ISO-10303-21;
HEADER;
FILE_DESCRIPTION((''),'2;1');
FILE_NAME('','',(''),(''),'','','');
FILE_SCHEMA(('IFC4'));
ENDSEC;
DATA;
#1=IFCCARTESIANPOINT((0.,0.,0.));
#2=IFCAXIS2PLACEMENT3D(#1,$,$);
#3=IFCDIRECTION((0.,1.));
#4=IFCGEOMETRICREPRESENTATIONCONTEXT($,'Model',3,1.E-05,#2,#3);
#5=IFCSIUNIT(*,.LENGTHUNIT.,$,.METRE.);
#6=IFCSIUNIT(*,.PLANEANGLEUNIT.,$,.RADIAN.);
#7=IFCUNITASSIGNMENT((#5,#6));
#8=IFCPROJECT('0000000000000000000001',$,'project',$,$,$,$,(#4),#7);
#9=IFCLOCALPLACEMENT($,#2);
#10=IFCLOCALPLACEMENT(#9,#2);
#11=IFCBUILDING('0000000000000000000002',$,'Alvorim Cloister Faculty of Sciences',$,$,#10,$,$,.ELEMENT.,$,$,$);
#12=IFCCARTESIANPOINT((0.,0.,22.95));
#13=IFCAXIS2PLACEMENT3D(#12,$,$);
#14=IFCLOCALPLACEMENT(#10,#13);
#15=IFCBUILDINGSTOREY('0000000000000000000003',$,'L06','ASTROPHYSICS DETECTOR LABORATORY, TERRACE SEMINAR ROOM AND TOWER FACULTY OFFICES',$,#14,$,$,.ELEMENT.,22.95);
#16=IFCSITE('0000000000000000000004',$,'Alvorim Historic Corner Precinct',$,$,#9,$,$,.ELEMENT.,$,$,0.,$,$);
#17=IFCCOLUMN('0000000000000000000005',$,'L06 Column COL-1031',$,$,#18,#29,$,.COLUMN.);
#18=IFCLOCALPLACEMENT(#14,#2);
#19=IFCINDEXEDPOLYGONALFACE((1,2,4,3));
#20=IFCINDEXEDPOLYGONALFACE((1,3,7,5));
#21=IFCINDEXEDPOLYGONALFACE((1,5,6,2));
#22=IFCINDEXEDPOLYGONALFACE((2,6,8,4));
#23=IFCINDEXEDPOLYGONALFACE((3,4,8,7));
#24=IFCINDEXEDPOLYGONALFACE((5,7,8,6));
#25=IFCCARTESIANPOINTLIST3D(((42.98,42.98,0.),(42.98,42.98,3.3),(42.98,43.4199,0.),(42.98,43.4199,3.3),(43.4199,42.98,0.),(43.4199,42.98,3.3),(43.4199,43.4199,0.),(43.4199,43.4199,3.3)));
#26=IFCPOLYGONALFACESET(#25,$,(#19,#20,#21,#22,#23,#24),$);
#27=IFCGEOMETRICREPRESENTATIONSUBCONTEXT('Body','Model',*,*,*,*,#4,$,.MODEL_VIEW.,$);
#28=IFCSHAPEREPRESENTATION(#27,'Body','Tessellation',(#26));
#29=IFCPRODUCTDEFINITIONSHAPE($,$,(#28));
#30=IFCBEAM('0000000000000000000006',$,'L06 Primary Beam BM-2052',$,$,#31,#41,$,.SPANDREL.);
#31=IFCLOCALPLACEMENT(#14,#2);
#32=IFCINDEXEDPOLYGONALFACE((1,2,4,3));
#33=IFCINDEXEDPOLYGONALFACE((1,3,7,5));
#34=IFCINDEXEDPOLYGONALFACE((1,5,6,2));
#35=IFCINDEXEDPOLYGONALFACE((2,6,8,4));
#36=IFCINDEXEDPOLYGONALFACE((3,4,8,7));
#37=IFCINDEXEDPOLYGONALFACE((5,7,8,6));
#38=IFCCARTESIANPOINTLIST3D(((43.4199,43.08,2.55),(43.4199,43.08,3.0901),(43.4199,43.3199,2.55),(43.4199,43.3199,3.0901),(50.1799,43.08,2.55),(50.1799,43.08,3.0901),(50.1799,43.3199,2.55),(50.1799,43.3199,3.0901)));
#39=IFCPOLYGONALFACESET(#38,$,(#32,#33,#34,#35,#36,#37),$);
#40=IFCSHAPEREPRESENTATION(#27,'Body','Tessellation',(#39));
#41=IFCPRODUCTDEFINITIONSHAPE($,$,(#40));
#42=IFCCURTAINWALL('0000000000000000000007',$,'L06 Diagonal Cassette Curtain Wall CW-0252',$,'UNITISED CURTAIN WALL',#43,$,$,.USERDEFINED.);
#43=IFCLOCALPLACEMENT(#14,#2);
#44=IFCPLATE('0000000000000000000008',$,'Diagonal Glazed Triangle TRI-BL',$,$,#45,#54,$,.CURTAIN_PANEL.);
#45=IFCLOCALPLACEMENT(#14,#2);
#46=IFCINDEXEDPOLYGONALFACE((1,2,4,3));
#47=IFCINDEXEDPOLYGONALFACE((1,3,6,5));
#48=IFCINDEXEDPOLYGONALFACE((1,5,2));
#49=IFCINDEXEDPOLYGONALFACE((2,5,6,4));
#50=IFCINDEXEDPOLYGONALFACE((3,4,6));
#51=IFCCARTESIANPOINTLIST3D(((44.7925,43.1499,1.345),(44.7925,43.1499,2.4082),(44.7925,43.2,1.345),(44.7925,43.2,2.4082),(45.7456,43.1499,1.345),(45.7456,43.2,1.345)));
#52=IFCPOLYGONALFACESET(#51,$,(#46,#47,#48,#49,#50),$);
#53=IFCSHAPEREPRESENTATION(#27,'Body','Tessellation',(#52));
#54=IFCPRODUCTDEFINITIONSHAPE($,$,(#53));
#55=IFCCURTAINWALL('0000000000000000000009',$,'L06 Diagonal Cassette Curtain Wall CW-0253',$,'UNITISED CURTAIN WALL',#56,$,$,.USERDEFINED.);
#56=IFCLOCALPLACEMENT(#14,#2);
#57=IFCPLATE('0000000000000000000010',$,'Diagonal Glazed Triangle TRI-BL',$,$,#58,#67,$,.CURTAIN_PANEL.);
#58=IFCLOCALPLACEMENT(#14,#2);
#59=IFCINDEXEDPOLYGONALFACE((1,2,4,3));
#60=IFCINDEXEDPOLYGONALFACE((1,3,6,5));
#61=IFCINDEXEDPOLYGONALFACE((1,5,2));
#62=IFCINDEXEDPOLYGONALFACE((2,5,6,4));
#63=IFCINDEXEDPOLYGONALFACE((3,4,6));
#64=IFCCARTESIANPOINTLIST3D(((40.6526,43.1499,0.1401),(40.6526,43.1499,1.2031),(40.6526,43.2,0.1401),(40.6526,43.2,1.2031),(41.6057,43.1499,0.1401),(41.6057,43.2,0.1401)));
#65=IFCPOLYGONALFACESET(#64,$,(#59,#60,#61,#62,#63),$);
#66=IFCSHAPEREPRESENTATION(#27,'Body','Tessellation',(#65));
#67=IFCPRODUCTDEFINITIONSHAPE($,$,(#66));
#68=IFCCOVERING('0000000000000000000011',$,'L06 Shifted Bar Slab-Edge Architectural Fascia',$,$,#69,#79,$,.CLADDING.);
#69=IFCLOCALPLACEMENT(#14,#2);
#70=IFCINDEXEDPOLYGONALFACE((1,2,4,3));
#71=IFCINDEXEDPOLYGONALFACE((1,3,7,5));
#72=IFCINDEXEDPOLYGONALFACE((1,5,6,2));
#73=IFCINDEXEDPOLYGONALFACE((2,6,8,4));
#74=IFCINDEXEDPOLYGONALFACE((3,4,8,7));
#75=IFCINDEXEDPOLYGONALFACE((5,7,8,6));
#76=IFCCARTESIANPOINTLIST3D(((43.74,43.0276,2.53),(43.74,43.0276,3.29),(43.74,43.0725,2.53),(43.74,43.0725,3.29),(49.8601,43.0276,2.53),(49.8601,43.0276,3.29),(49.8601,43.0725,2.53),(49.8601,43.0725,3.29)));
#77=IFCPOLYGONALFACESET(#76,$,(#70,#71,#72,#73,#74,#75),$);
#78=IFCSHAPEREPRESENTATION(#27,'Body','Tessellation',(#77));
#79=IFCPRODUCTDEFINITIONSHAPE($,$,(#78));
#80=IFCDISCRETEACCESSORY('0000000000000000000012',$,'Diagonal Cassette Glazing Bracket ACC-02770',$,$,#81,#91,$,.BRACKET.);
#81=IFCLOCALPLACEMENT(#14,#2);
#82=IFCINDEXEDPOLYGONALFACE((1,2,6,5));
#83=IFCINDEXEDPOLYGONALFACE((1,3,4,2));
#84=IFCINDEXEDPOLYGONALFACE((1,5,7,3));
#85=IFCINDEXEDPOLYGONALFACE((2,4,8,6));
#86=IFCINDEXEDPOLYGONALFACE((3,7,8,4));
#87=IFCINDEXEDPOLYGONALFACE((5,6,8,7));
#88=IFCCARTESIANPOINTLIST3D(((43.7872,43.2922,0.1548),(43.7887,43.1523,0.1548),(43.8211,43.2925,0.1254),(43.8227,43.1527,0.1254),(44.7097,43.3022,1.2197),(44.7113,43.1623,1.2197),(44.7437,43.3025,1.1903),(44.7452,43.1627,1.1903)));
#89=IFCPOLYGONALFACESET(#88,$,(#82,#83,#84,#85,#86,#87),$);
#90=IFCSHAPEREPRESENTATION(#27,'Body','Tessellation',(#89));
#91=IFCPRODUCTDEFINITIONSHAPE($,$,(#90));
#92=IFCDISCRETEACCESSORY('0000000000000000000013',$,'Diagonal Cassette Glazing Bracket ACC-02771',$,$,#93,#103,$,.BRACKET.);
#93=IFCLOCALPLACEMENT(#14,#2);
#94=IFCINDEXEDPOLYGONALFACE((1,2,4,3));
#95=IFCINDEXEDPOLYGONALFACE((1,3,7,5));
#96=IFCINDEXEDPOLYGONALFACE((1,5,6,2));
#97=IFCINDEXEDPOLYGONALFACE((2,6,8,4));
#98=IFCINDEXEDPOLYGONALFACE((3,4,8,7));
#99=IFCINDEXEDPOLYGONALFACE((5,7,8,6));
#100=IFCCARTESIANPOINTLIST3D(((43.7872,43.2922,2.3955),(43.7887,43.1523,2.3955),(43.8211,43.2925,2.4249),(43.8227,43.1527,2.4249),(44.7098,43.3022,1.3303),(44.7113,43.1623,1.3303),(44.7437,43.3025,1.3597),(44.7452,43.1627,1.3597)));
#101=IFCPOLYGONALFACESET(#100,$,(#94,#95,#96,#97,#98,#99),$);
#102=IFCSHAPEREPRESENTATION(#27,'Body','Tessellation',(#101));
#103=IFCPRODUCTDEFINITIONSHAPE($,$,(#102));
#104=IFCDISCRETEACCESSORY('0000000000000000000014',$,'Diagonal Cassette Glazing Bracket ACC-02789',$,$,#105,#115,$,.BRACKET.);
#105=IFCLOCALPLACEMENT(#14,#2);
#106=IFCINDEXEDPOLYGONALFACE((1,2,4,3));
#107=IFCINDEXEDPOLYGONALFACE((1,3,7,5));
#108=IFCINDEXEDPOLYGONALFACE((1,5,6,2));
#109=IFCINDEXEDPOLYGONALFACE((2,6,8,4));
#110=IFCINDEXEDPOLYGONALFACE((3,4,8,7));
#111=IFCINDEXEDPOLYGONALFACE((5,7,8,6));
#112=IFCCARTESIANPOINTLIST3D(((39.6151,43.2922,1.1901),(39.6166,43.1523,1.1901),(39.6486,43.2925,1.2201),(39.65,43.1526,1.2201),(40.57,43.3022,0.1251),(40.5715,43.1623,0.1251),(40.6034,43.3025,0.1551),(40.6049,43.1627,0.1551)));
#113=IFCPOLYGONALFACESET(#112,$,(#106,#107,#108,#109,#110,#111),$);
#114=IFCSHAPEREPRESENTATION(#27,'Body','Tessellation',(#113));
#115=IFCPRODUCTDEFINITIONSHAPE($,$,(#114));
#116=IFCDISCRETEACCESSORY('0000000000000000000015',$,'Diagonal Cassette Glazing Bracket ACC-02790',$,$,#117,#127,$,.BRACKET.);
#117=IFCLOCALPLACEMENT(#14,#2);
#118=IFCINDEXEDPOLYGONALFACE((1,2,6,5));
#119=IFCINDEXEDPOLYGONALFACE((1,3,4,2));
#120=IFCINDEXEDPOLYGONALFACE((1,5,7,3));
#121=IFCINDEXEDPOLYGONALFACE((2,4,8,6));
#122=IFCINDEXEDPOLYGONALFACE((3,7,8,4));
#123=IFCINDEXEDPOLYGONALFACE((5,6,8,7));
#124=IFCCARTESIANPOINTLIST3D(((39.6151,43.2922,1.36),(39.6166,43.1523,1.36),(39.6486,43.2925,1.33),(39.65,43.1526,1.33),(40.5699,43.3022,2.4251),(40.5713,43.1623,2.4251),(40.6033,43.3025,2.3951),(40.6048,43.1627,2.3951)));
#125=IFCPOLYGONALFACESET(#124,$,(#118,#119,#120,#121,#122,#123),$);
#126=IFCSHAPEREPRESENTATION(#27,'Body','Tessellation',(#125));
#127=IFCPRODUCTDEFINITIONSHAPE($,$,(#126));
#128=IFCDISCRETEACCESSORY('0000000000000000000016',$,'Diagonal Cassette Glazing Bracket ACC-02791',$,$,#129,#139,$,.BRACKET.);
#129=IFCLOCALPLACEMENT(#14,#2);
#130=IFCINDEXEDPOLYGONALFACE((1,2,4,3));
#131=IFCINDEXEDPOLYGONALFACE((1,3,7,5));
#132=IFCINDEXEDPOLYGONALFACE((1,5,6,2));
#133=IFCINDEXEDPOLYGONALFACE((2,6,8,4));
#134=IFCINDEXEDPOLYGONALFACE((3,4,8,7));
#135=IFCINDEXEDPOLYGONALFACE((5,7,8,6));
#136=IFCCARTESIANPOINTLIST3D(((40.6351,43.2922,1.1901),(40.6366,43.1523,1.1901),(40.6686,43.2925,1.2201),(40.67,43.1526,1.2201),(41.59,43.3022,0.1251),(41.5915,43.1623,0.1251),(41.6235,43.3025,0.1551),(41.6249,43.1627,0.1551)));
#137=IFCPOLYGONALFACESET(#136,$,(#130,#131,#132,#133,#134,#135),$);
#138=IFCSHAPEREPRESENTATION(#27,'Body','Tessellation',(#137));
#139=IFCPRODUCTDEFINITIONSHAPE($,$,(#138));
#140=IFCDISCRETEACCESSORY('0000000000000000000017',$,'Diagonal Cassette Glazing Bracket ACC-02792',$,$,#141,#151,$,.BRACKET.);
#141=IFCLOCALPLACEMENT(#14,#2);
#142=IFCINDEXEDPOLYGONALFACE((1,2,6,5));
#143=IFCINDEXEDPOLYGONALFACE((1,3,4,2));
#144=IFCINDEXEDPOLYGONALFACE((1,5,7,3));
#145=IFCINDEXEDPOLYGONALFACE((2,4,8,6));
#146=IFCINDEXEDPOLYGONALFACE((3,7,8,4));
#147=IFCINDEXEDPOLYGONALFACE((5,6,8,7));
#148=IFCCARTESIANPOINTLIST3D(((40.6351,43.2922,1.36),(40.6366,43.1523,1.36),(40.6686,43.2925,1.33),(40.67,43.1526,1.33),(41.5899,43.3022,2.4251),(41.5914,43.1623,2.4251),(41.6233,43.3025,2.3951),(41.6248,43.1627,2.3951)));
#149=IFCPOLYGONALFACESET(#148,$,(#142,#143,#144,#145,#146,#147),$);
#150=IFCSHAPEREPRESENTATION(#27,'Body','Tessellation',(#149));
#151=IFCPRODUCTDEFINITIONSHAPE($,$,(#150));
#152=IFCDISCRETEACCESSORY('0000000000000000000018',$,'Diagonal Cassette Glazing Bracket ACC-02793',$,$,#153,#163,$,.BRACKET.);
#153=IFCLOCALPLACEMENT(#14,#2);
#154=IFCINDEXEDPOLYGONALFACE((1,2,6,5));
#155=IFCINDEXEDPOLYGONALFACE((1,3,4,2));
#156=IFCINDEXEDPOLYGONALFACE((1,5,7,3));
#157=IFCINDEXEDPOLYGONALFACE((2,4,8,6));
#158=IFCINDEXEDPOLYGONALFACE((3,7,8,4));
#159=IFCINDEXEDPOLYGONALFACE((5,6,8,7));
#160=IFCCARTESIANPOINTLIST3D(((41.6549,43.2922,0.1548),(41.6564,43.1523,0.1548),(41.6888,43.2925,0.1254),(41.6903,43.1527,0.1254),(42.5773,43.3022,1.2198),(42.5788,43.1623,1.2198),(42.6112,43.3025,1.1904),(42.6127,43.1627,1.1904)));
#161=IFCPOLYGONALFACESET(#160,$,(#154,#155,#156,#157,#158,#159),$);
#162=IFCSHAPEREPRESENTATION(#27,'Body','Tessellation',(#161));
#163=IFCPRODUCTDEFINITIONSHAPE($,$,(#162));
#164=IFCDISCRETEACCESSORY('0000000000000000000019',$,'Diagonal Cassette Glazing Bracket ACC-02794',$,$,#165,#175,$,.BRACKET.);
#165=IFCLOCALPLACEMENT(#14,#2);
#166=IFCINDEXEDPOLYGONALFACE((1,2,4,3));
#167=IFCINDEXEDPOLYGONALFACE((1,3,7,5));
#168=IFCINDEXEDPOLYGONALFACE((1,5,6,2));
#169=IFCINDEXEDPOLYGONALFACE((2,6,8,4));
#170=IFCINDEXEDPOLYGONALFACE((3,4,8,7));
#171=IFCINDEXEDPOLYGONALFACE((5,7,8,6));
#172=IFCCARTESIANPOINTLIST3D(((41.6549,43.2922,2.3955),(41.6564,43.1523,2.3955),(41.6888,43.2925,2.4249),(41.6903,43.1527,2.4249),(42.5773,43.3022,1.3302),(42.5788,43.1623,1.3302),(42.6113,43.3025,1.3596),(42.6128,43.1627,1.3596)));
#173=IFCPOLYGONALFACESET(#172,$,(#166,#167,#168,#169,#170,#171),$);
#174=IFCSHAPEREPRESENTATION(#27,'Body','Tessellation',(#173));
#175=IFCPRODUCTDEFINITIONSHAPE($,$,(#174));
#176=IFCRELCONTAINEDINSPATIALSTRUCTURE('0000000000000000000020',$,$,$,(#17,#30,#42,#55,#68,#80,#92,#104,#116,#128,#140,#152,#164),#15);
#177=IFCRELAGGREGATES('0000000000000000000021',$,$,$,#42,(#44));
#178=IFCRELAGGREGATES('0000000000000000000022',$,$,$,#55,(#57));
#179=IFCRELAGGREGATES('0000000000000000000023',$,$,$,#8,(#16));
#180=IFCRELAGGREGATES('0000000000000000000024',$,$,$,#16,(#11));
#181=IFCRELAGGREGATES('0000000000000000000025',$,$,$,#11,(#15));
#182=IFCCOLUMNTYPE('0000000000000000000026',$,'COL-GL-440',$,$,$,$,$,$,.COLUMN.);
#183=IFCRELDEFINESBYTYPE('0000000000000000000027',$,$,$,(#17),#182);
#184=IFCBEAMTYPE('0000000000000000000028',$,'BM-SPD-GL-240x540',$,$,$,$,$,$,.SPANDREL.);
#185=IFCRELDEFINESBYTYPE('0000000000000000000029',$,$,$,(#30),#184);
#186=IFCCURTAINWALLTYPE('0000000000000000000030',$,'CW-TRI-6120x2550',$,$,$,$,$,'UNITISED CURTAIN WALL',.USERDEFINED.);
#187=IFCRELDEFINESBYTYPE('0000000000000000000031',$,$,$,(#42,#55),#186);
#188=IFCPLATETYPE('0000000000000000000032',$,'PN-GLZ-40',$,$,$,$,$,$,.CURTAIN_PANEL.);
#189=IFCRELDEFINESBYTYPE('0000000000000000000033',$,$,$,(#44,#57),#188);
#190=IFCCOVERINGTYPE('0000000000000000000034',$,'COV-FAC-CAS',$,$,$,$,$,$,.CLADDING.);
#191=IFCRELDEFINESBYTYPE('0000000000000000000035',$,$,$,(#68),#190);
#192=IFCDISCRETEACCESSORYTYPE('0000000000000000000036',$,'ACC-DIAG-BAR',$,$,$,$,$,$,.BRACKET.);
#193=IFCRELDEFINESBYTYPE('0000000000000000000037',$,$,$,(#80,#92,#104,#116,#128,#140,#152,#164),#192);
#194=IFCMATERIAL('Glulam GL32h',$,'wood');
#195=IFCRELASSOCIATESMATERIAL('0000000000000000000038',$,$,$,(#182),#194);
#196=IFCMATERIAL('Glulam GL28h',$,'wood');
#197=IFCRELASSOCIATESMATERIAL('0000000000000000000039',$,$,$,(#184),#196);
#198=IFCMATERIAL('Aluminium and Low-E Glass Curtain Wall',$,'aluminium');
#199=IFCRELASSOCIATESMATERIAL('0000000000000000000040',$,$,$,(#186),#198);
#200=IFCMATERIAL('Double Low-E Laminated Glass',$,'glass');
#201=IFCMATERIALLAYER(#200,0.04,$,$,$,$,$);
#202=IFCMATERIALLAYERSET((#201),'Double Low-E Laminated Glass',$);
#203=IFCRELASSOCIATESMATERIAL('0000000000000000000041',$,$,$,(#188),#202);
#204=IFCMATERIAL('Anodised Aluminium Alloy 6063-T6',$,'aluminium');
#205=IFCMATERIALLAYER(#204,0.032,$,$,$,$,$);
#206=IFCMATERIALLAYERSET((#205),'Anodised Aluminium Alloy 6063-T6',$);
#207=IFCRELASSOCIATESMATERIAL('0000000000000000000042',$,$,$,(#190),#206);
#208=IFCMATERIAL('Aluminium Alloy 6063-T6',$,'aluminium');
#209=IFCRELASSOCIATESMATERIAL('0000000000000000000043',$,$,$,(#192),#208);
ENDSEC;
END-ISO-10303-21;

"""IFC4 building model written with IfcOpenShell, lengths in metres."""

from ifc_helpers import new_model, si_unit, direction, frame, origin, origin_2d, place, context, subcontext, project, spatial, polyline, rectangle, outline, extrude, material, layer, layer_set, material_profile, profile_set, type_object, element, aggregate, save


model = new_model("IFC4")

# Units and contexts
model_context = context("Model", 3, precision=1e-05, world=origin(), true_north=direction((0.0, 1.0)))
body_context = subcontext(model_context, "Body", "Model", "MODEL_VIEW")
ifc_project = project(units=[si_unit("LENGTHUNIT", "METRE"), si_unit("PLANEANGLEUNIT", "RADIAN")], contexts=[model_context])

# Site, building, storey
site_placement = place(None, origin())
site = spatial("IfcSite", under=ifc_project, at=site_placement, Name="Alvorim Historic Corner Precinct", CompositionType="ELEMENT", RefElevation=0.0)
building_placement = place(site_placement, origin())
building = spatial("IfcBuilding", under=site, at=building_placement, Name="Alvorim Cloister Faculty of Sciences", CompositionType="ELEMENT")
storey_placement = place(building_placement, frame((0.0, 0.0, 22.95)))
storey = spatial("IfcBuildingStorey", under=building, at=storey_placement, Name="L06", Description="ASTROPHYSICS DETECTOR LABORATORY, TERRACE SEMINAR ROOM AND TOWER FACULTY OFFICES", CompositionType="ELEMENT", Elevation=22.95)

# Column
ifc_material_1 = material(Name="Glulam GL32h", Category="wood")
ifc_material_profile_1 = material_profile(ifc_material_1, rectangle(XDim=0.4399, YDim=0.4399, at=origin_2d()), Name="GL32-COL-440x440")
ifc_profile_set_1 = profile_set([ifc_material_profile_1], Name="Glulam GL32h")
column_type = type_object("IfcColumnType", Name="COL-GL-440", PredefinedType="COLUMN", material=ifc_profile_set_1)
column_placement = place(storey_placement, frame((43.2, 43.2, 0.0), z_axis=(0.0, 0.0, 1.0), x_axis=(1.0, 0.0, 0.0)))
element("IfcColumn", 1, at=column_placement, inside=storey, type_object=column_type, Name="L06 Column COL-1031", PredefinedType="COLUMN", context=body_context, shape_type="SweptSolid", body=[
    extrude(rectangle(XDim=0.4399, YDim=0.4399, at=origin_2d()), origin(), (0.0, 0.0, 1.0), 3.3),
])

# Beam
ifc_material_2 = material(Name="Glulam GL28h", Category="wood")
ifc_material_profile_2 = material_profile(ifc_material_2, rectangle(XDim=0.24, YDim=0.54, at=origin_2d()), Name="GL28-SPD-240x540")
ifc_profile_set_2 = profile_set([ifc_material_profile_2], Name="Glulam GL28h")
beam_type = type_object("IfcBeamType", Name="BM-SPD-GL-240x540", PredefinedType="SPANDREL", material=ifc_profile_set_2)
beam_placement = place(storey_placement, frame((43.4199, 43.2, 2.8201), z_axis=(1.0, 0.0, 0.0), x_axis=(0.0, 1.0, 0.0)))
element("IfcBeam", 2, at=beam_placement, inside=storey, type_object=beam_type, Name="L06 Primary Beam BM-2052", PredefinedType="SPANDREL", context=body_context, shape_type="SweptSolid", body=[
    extrude(rectangle(XDim=0.24, YDim=0.54, at=origin_2d()), origin(), (0.0, 0.0, 1.0), 6.76),
])

# Curtain walls, plates
ifc_material_3 = material(Name="Aluminium and Low-E Glass Curtain Wall", Category="aluminium")
curtain_wall_type = type_object("IfcCurtainWallType", Name="CW-TRI-6120x2550", ElementType="UNITISED CURTAIN WALL", PredefinedType="USERDEFINED", material=ifc_material_3)
curtain_wall_1_placement = place(storey_placement, origin())
curtain_wall_1 = element("IfcCurtainWall", 3, at=curtain_wall_1_placement, inside=storey, type_object=curtain_wall_type, Name="L06 Diagonal Cassette Curtain Wall CW-0252", ObjectType="UNITISED CURTAIN WALL", PredefinedType="USERDEFINED")
ifc_material_4 = material(Name="Double Low-E Laminated Glass", Category="glass")
ifc_layer_1 = layer(ifc_material_4, 0.04)
ifc_layer_set_1 = layer_set([ifc_layer_1], Name="Double Low-E Laminated Glass")
plate_type = type_object("IfcPlateType", Name="PN-GLZ-40", PredefinedType="CURTAIN_PANEL", material=ifc_layer_set_1)
plate_1_placement = place(storey_placement, frame((44.7925, 43.175, 1.345), z_axis=(0.0, 0.0, 1.0), x_axis=(1.0, 0.0, 0.0)))
plate_1 = element("IfcPlate", 4, at=plate_1_placement, type_object=plate_type, Name="Diagonal Glazed Triangle TRI-BL", PredefinedType="CURTAIN_PANEL", context=body_context, shape_type="SweptSolid", body=[
    extrude(outline(polyline([(0.0, 0.0), (0.9531, 0.0), (0.0, 1.0632), (0.0, 0.0)])), frame((0.0, 0.0249, 0.0), z_axis=(0.0, -1.0, 0.0), x_axis=(1.0, 0.0, 0.0)), (0.0, 0.0, 1.0), 0.05),
])
aggregate(curtain_wall_1, [plate_1])
curtain_wall_2_placement = place(storey_placement, origin())
curtain_wall_2 = element("IfcCurtainWall", 5, at=curtain_wall_2_placement, inside=storey, type_object=curtain_wall_type, Name="L06 Diagonal Cassette Curtain Wall CW-0253", ObjectType="UNITISED CURTAIN WALL", PredefinedType="USERDEFINED")
plate_2_placement = place(storey_placement, frame((40.6526, 43.175, 0.1401), z_axis=(0.0, 0.0, 1.0), x_axis=(1.0, 0.0, 0.0)))
plate_2 = element("IfcPlate", 6, at=plate_2_placement, type_object=plate_type, Name="Diagonal Glazed Triangle TRI-BL", PredefinedType="CURTAIN_PANEL", context=body_context, shape_type="SweptSolid", body=[
    extrude(outline(polyline([(0.0, 0.0), (0.9531, 0.0), (0.0, 1.063), (0.0, 0.0)])), frame((0.0, 0.0249, 0.0), z_axis=(0.0, -1.0, 0.0), x_axis=(1.0, 0.0, 0.0)), (0.0, 0.0, 1.0), 0.05),
])
aggregate(curtain_wall_2, [plate_2])

# Covering
ifc_material_5 = material(Name="Anodised Aluminium Alloy 6063-T6", Category="aluminium")
ifc_layer_2 = layer(ifc_material_5, 0.032)
ifc_layer_set_2 = layer_set([ifc_layer_2], Name="Anodised Aluminium Alloy 6063-T6")
covering_type = type_object("IfcCoveringType", Name="COV-FAC-CAS", PredefinedType="CLADDING", material=ifc_layer_set_2)
covering_placement = place(storey_placement, frame((43.74, 43.05, 2.53), z_axis=(0.0, 0.0, 1.0), x_axis=(1.0, 0.0, 0.0)))
element("IfcCovering", 7, at=covering_placement, inside=storey, type_object=covering_type, Name="L06 Shifted Bar Slab-Edge Architectural Fascia", PredefinedType="CLADDING", context=body_context, shape_type="SweptSolid", body=[
    extrude(outline(polyline([(0.0, 0.0), (6.1201, 0.0), (6.1201, 0.76), (0.0, 0.76), (0.0, 0.0)])), frame((0.0, 0.0225, 0.0), z_axis=(0.0, -1.0, 0.0), x_axis=(1.0, 0.0, 0.0)), (0.0, 0.0, 1.0), 0.0449),
])

# Discrete accessories
ifc_material_6 = material(Name="Aluminium Alloy 6063-T6", Category="aluminium")
discrete_accessory_type = type_object("IfcDiscreteAccessoryType", Name="ACC-DIAG-BAR", PredefinedType="BRACKET", material=ifc_material_6)
discrete_accessory_1_placement = place(storey_placement, frame((43.8049, 43.2224, 0.1401), z_axis=(0.654775, 0.007104, 0.75579), x_axis=(-0.010849, 0.999941, 0.0)))
element("IfcDiscreteAccessory", 8, at=discrete_accessory_1_placement, inside=storey, type_object=discrete_accessory_type, Name="Diagonal Cassette Glazing Bracket ACC-02770", PredefinedType="BRACKET", context=body_context, shape_type="SweptSolid", body=[
    extrude(rectangle(XDim=0.1399, YDim=0.0449, at=origin_2d()), origin(), (0.0, 0.0, 1.0), 1.4089),
])
discrete_accessory_2_placement = place(storey_placement, frame((43.8049, 43.2224, 2.4102), z_axis=(0.65469, 0.007103, -0.755864), x_axis=(-0.010849, 0.999941, 0.0)))
element("IfcDiscreteAccessory", 9, at=discrete_accessory_2_placement, inside=storey, type_object=discrete_accessory_type, Name="Diagonal Cassette Glazing Bracket ACC-02771", PredefinedType="BRACKET", context=body_context, shape_type="SweptSolid", body=[
    extrude(rectangle(XDim=0.1399, YDim=0.0449, at=origin_2d()), origin(), (0.0, 0.0, 1.0), 1.4092),
])
for number, where, z_axis, x_axis, name in (
    (10, (39.6326, 43.2224, 1.2051), (0.667552, 0.006998, -0.744531), (-0.010483, 0.999945, 0.0), "Diagonal Cassette Glazing Bracket ACC-02789"),
    (11, (39.6326, 43.2224, 1.345), (0.667467, 0.006997, 0.744607), (-0.010483, 0.999945, 0.0), "Diagonal Cassette Glazing Bracket ACC-02790"),
    (12, (40.6526, 43.2224, 1.2051), (0.667552, 0.006998, -0.744531), (-0.010483, 0.999945, 0.0), "Diagonal Cassette Glazing Bracket ACC-02791"),
    (13, (40.6526, 43.2224, 1.345), (0.667467, 0.006997, 0.744607), (-0.010483, 0.999945, 0.0), "Diagonal Cassette Glazing Bracket ACC-02792"),
):
    element("IfcDiscreteAccessory", number, at=place(storey_placement, frame(where, z_axis=z_axis, x_axis=x_axis)), inside=storey, type_object=discrete_accessory_type, Name=name, PredefinedType="BRACKET", context=body_context, shape_type="SweptSolid", body=[
        extrude(rectangle(XDim=0.1399, YDim=0.0449, at=origin_2d()), origin(), (0.0, 0.0, 1.0), 1.4304),
    ])
discrete_accessory_3_placement = place(storey_placement, frame((41.6726, 43.2224, 0.1401), z_axis=(0.654676, 0.007105, 0.755876), x_axis=(-0.010852, 0.999941, 0.0)))
element("IfcDiscreteAccessory", 14, at=discrete_accessory_3_placement, inside=storey, type_object=discrete_accessory_type, Name="Diagonal Cassette Glazing Bracket ACC-02793", PredefinedType="BRACKET", context=body_context, shape_type="SweptSolid", body=[
    extrude(rectangle(XDim=0.1399, YDim=0.0449, at=origin_2d()), origin(), (0.0, 0.0, 1.0), 1.4089),
])
discrete_accessory_4_placement = place(storey_placement, frame((41.6726, 43.2224, 2.4102), z_axis=(0.654591, 0.007104, -0.75595), x_axis=(-0.010852, 0.999941, 0.0)))
element("IfcDiscreteAccessory", 15, at=discrete_accessory_4_placement, inside=storey, type_object=discrete_accessory_type, Name="Diagonal Cassette Glazing Bracket ACC-02794", PredefinedType="BRACKET", context=body_context, shape_type="SweptSolid", body=[
    extrude(rectangle(XDim=0.1399, YDim=0.0449, at=origin_2d()), origin(), (0.0, 0.0, 1.0), 1.4092),
])

save(model, "model.ifc")
